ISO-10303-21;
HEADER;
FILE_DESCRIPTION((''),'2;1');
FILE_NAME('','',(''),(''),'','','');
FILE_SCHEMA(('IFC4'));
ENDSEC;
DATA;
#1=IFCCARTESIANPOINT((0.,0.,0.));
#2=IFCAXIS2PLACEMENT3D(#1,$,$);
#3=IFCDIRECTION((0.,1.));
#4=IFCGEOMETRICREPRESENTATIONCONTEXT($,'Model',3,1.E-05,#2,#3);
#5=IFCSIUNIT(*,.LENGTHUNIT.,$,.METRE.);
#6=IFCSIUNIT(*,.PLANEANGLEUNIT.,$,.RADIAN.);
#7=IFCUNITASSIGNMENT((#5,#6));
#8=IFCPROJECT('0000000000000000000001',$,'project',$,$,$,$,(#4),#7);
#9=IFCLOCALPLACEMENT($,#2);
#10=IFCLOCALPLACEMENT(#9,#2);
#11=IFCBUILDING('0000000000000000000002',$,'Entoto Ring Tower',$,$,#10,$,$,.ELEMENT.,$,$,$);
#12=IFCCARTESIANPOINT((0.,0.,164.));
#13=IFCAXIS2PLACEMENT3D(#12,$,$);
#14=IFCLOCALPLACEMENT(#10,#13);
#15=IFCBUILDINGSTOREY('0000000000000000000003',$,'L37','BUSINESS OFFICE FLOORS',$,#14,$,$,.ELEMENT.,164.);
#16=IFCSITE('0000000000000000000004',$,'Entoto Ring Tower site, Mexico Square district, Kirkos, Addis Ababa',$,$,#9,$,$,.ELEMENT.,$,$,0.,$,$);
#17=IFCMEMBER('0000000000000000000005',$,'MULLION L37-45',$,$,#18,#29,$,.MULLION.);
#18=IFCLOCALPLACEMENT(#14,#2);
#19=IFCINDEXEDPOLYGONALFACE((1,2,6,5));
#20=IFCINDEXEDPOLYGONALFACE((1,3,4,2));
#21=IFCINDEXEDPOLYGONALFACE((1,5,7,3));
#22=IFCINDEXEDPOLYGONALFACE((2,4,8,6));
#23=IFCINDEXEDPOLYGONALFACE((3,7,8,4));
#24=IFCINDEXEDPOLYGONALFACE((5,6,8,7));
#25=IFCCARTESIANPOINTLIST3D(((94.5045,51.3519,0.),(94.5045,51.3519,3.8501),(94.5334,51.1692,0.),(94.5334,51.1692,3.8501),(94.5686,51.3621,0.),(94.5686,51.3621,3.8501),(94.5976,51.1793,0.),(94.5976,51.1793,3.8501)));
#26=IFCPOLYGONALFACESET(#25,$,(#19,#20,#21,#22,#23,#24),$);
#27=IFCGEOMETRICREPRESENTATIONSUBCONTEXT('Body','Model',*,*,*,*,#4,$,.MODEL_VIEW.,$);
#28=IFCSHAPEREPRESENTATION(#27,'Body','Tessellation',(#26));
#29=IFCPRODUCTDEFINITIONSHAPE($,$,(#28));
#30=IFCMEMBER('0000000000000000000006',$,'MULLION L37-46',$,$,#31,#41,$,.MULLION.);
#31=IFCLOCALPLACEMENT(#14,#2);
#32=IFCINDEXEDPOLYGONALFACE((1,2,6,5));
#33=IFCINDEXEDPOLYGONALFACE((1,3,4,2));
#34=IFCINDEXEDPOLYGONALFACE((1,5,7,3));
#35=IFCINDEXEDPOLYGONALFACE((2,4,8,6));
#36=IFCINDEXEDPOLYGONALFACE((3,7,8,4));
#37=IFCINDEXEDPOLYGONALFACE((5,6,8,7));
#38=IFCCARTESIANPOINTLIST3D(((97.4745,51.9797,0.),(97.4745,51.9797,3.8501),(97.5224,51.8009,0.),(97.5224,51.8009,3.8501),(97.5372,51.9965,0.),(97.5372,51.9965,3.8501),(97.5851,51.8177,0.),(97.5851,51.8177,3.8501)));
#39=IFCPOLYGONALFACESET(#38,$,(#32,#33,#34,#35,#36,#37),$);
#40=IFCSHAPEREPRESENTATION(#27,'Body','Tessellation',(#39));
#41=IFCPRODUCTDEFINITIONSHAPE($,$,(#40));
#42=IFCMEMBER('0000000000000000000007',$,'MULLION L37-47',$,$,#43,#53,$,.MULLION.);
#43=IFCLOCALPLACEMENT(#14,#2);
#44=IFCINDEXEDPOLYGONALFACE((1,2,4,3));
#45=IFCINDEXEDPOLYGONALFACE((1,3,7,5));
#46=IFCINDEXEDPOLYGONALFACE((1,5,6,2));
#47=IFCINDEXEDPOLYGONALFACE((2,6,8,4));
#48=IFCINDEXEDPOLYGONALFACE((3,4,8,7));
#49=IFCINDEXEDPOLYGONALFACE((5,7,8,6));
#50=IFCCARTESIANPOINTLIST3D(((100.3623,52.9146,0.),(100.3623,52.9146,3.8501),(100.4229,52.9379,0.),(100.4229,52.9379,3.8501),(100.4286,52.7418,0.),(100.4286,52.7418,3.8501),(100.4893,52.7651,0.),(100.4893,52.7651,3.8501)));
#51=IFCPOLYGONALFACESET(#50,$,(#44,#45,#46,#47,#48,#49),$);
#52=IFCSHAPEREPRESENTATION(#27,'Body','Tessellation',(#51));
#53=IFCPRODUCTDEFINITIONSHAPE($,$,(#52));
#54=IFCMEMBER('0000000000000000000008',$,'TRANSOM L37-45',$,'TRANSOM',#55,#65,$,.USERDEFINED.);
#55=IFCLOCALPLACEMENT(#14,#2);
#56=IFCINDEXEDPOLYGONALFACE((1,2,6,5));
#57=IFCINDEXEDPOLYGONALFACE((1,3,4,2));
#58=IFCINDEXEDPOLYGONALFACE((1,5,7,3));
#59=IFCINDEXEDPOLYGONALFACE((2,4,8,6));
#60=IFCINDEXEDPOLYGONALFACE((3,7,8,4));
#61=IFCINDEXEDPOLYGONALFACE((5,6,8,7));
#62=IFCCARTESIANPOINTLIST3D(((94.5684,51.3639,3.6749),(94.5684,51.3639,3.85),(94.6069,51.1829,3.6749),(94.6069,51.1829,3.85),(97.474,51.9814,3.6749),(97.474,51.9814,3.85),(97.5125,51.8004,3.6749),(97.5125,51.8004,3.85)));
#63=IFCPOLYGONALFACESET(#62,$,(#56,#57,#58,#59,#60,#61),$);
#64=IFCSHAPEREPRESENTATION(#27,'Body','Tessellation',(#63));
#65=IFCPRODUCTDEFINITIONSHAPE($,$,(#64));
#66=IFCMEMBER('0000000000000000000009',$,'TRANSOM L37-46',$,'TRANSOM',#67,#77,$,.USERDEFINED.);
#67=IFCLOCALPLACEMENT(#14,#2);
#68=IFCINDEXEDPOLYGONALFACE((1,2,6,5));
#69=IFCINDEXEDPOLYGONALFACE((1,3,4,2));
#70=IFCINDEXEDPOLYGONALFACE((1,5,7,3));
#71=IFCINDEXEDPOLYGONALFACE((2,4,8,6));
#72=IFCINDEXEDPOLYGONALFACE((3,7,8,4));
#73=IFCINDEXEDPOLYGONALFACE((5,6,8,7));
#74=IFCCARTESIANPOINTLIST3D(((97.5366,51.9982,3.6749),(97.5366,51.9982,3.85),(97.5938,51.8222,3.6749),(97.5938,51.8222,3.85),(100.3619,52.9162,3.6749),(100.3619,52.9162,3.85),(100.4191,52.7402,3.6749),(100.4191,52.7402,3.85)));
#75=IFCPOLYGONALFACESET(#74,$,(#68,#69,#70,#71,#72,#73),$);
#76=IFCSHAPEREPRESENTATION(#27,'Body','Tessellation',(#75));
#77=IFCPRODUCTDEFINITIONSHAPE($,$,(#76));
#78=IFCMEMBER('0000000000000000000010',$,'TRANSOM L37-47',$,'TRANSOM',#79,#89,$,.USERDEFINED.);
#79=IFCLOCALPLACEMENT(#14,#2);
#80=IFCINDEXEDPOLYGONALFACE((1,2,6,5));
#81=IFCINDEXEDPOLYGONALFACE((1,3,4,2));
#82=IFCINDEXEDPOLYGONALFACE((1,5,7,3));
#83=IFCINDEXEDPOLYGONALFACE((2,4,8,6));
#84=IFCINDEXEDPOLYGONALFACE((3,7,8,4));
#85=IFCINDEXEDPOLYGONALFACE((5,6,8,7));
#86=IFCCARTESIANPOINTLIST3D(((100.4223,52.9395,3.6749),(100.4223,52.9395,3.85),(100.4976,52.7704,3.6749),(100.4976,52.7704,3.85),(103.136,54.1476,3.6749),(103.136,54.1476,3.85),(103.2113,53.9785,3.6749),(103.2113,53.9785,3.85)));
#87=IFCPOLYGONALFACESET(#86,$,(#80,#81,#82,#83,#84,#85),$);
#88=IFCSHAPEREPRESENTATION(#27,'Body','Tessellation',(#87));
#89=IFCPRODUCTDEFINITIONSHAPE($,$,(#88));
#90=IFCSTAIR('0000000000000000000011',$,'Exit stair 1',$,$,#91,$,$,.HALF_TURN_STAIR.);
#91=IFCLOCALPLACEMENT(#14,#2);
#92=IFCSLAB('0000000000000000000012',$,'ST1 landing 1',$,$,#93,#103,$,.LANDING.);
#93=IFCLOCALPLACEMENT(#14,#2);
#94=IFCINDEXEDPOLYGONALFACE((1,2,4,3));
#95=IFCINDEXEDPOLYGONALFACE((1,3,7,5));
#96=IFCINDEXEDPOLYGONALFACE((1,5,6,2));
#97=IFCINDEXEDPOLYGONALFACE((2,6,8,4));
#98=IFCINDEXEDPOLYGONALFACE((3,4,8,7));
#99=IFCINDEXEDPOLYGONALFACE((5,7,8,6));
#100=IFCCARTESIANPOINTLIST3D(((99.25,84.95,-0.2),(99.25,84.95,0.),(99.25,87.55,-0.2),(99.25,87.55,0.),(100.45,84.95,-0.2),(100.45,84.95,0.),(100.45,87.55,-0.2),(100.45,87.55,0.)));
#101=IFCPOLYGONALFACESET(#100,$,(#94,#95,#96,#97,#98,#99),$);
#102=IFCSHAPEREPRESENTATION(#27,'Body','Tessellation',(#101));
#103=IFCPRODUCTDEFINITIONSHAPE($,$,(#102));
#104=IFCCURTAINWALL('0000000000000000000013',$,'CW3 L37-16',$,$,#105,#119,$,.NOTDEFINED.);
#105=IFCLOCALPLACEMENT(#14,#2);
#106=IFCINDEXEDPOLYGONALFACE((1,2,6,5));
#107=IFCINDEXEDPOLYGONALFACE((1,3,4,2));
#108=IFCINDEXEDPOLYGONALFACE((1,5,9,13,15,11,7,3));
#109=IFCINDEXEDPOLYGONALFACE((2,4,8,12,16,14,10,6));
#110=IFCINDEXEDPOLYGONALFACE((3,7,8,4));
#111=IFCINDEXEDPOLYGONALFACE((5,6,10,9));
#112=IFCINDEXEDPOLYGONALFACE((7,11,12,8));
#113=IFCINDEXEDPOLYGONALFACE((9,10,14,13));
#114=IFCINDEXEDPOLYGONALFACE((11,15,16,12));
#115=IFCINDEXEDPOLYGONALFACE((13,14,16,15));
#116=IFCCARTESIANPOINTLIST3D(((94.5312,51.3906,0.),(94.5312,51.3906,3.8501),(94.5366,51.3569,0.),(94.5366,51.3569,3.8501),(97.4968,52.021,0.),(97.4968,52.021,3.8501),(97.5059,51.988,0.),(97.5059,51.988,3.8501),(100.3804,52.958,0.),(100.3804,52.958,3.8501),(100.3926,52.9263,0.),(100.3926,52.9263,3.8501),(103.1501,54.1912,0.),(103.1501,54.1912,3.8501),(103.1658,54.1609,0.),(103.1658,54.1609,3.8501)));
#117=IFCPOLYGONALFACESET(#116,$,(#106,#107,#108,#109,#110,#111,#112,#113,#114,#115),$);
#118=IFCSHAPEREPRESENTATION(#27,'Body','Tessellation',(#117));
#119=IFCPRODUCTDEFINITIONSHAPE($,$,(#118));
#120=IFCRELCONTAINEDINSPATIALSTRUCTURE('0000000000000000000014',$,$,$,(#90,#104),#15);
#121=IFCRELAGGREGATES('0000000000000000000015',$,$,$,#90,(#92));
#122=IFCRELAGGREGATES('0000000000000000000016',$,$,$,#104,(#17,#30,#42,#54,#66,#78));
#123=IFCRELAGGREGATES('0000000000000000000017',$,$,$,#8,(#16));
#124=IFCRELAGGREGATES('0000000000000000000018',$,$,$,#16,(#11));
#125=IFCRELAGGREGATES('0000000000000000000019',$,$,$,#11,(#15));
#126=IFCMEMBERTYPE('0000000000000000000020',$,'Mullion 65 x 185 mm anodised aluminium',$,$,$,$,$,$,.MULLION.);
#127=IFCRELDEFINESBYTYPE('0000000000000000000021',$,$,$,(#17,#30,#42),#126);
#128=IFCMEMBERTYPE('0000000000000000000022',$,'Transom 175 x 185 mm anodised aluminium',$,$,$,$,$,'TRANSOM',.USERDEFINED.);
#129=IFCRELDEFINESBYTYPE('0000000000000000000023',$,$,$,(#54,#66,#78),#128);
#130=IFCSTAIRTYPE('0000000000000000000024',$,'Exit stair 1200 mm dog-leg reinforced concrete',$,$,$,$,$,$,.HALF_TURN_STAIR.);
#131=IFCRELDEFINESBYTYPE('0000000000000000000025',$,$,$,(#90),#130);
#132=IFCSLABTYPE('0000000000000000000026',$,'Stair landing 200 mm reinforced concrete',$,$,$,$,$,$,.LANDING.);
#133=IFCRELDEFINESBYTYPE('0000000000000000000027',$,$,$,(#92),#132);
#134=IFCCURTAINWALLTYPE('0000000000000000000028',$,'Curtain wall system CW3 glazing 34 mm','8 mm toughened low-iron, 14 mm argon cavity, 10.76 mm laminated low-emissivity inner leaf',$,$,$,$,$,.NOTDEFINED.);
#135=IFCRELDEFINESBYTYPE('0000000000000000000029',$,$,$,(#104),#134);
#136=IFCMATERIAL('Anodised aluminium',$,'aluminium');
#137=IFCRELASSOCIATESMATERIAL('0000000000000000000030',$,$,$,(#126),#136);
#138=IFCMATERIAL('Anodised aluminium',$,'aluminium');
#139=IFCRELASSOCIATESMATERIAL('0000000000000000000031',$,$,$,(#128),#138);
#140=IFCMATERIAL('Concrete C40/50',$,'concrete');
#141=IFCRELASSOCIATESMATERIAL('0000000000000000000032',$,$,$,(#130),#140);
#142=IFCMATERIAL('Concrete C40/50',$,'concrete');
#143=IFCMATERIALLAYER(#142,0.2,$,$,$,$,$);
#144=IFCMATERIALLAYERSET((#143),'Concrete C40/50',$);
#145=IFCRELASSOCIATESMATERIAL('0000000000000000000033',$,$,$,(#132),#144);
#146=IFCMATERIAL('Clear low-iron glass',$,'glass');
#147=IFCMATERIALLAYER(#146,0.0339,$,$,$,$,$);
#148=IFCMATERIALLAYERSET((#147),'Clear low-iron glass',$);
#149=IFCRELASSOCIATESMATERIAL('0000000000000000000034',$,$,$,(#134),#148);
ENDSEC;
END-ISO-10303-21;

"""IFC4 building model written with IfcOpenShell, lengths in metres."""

from ifc_helpers import new_model, si_unit, direction, frame, origin, origin_2d, place, context, subcontext, project, spatial, polyline, rectangle, outline, extrude, material, layer, layer_set, material_profile, profile_set, type_object, element, aggregate, save


model = new_model("IFC4")

# Units and contexts
model_context = context("Model", 3, precision=1e-05, world=origin(), true_north=direction((0.0, 1.0)))
body_context = subcontext(model_context, "Body", "Model", "MODEL_VIEW")
ifc_project = project(units=[si_unit("LENGTHUNIT", "METRE"), si_unit("PLANEANGLEUNIT", "RADIAN")], contexts=[model_context])

# Members
ifc_material_1 = material(Name="Anodised aluminium", Category="aluminium")
ifc_material_profile_1 = material_profile(ifc_material_1, rectangle(XDim=0.0649, YDim=0.1851, at=origin_2d()), Name="Mullion 65 x 185 mm anodised aluminium")
ifc_profile_set_1 = profile_set([ifc_material_profile_1], Name="Anodised aluminium")
member_type_1 = type_object("IfcMemberType", Name="Mullion 65 x 185 mm anodised aluminium", PredefinedType="MULLION", material=ifc_profile_set_1)
site_placement = place(None, origin())
building_placement = place(site_placement, origin())
storey_placement = place(building_placement, frame((0.0, 0.0, 164.0)))
member_1_placement = place(storey_placement, frame((94.551, 51.2656, 0.0), z_axis=(0.0, 0.0, 1.0), x_axis=(0.987688, 0.156434, 0.0)))
member_1 = element("IfcMember", 1, at=member_1_placement, type_object=member_type_1, Name="MULLION L37-45", PredefinedType="MULLION", context=body_context, shape_type="SweptSolid", body=[
    extrude(rectangle(XDim=0.0649, YDim=0.1851, at=origin_2d()), origin(), (0.0, 0.0, 1.0), 3.8501),
])
member_2_placement = place(storey_placement, frame((97.5298, 51.8987, 0.0), z_axis=(0.0, 0.0, 1.0), x_axis=(0.965926, 0.258819, 0.0)))
member_2 = element("IfcMember", 2, at=member_2_placement, type_object=member_type_1, Name="MULLION L37-46", PredefinedType="MULLION", context=body_context, shape_type="SweptSolid", body=[
    extrude(rectangle(XDim=0.0649, YDim=0.1851, at=origin_2d()), origin(), (0.0, 0.0, 1.0), 3.8501),
])
member_3_placement = place(storey_placement, frame((100.4258, 52.8398, 0.0), z_axis=(0.0, 0.0, 1.0), x_axis=(0.93358, 0.358368, 0.0)))
member_3 = element("IfcMember", 3, at=member_3_placement, type_object=member_type_1, Name="MULLION L37-47", PredefinedType="MULLION", context=body_context, shape_type="SweptSolid", body=[
    extrude(rectangle(XDim=0.0649, YDim=0.1851, at=origin_2d()), origin(), (0.0, 0.0, 1.0), 3.8501),
])
ifc_material_2 = material(Name="Anodised aluminium", Category="aluminium")
ifc_material_profile_2 = material_profile(ifc_material_2, rectangle(XDim=0.1851, YDim=0.175, at=origin_2d()), Name="Transom 175 x 185 mm anodised aluminium")
ifc_profile_set_2 = profile_set([ifc_material_profile_2], Name="Anodised aluminium")
member_type_2 = type_object("IfcMemberType", Name="Transom 175 x 185 mm anodised aluminium", ElementType="TRANSOM", PredefinedType="USERDEFINED", material=ifc_profile_set_2)
member_4_placement = place(storey_placement, frame((94.5876, 51.2734, 3.7625), z_axis=(0.978158, 0.207862, 0.0), x_axis=(-0.207862, 0.978158, 0.0)))
member_4 = element("IfcMember", 4, at=member_4_placement, type_object=member_type_2, Name="TRANSOM L37-45", ObjectType="TRANSOM", PredefinedType="USERDEFINED", context=body_context, shape_type="SweptSolid", body=[
    extrude(rectangle(XDim=0.1851, YDim=0.175, at=origin_2d()), origin(), (0.0, 0.0, 1.0), 2.9705),
])
member_5_placement = place(storey_placement, frame((97.5652, 51.9102, 3.7625), z_axis=(0.951056, 0.309019, 0.0), x_axis=(-0.309019, 0.951056, 0.0)))
member_5 = element("IfcMember", 5, at=member_5_placement, type_object=member_type_2, Name="TRANSOM L37-46", ObjectType="TRANSOM", PredefinedType="USERDEFINED", context=body_context, shape_type="SweptSolid", body=[
    extrude(rectangle(XDim=0.1851, YDim=0.175, at=origin_2d()), origin(), (0.0, 0.0, 1.0), 2.9707),
])
member_6_placement = place(storey_placement, frame((100.46, 52.855, 3.7625), z_axis=(0.913567, 0.406687, 0.0), x_axis=(-0.406687, 0.913567, 0.0)))
member_6 = element("IfcMember", 6, at=member_6_placement, type_object=member_type_2, Name="TRANSOM L37-47", ObjectType="TRANSOM", PredefinedType="USERDEFINED", context=body_context, shape_type="SweptSolid", body=[
    extrude(rectangle(XDim=0.1851, YDim=0.175, at=origin_2d()), origin(), (0.0, 0.0, 1.0), 2.9705),
])

# Site, building, storey
site = spatial("IfcSite", under=ifc_project, at=site_placement, Name="Entoto Ring Tower site, Mexico Square district, Kirkos, Addis Ababa", CompositionType="ELEMENT", RefElevation=0.0)
building = spatial("IfcBuilding", under=site, at=building_placement, Name="Entoto Ring Tower", CompositionType="ELEMENT")
storey = spatial("IfcBuildingStorey", under=building, at=storey_placement, Name="L37", Description="BUSINESS OFFICE FLOORS", CompositionType="ELEMENT", Elevation=164.0)

# Stair, slab
ifc_material_3 = material(Name="Concrete C40/50", Category="concrete")
stair_type = type_object("IfcStairType", Name="Exit stair 1200 mm dog-leg reinforced concrete", PredefinedType="HALF_TURN_STAIR", material=ifc_material_3)
stair_placement = place(storey_placement, origin())
stair = element("IfcStair", 7, at=stair_placement, inside=storey, type_object=stair_type, Name="Exit stair 1", PredefinedType="HALF_TURN_STAIR")
ifc_material_4 = material(Name="Concrete C40/50", Category="concrete")
ifc_layer_1 = layer(ifc_material_4, 0.2)
ifc_layer_set_1 = layer_set([ifc_layer_1], Name="Concrete C40/50")
slab_type = type_object("IfcSlabType", Name="Stair landing 200 mm reinforced concrete", PredefinedType="LANDING", material=ifc_layer_set_1)
slab_placement = place(storey_placement, frame((0.0, 0.0, -0.2)))
slab = element("IfcSlab", 8, at=slab_placement, type_object=slab_type, Name="ST1 landing 1", PredefinedType="LANDING", context=body_context, shape_type="SweptSolid", body=[
    extrude(outline(polyline([(100.45, 84.95), (100.45, 87.55), (99.25, 87.55), (99.25, 84.95), (100.45, 84.95)])), origin(), (0.0, 0.0, 1.0), 0.2),
])
aggregate(stair, [slab])

# Curtain wall
ifc_material_5 = material(Name="Clear low-iron glass", Category="glass")
ifc_layer_2 = layer(ifc_material_5, 0.0339)
ifc_layer_set_2 = layer_set([ifc_layer_2], Name="Clear low-iron glass")
curtain_wall_type = type_object("IfcCurtainWallType", Name="Curtain wall system CW3 glazing 34 mm", Description="8 mm toughened low-iron, 14 mm argon cavity, 10.76 mm laminated low-emissivity inner leaf", PredefinedType="NOTDEFINED", material=ifc_layer_set_2)
curtain_wall_1_placement = place(storey_placement, origin())
curtain_wall_1 = element("IfcCurtainWall", 9, at=curtain_wall_1_placement, inside=storey, type_object=curtain_wall_type, Name="CW3 L37-16", PredefinedType="NOTDEFINED", context=body_context, shape_type="SweptSolid", body=[
    extrude(outline(polyline([(94.5366, 51.3569), (97.5059, 51.988), (100.3926, 52.9263), (103.1658, 54.1609), (103.1501, 54.1912), (100.3804, 52.958), (97.4968, 52.021), (94.5312, 51.3906), (94.5366, 51.3569)])), origin(), (0.0, 0.0, 1.0), 3.8501),
])
aggregate(curtain_wall_1, [member_1, member_2, member_3, member_4, member_5, member_6])

save(model, "model.ifc")
